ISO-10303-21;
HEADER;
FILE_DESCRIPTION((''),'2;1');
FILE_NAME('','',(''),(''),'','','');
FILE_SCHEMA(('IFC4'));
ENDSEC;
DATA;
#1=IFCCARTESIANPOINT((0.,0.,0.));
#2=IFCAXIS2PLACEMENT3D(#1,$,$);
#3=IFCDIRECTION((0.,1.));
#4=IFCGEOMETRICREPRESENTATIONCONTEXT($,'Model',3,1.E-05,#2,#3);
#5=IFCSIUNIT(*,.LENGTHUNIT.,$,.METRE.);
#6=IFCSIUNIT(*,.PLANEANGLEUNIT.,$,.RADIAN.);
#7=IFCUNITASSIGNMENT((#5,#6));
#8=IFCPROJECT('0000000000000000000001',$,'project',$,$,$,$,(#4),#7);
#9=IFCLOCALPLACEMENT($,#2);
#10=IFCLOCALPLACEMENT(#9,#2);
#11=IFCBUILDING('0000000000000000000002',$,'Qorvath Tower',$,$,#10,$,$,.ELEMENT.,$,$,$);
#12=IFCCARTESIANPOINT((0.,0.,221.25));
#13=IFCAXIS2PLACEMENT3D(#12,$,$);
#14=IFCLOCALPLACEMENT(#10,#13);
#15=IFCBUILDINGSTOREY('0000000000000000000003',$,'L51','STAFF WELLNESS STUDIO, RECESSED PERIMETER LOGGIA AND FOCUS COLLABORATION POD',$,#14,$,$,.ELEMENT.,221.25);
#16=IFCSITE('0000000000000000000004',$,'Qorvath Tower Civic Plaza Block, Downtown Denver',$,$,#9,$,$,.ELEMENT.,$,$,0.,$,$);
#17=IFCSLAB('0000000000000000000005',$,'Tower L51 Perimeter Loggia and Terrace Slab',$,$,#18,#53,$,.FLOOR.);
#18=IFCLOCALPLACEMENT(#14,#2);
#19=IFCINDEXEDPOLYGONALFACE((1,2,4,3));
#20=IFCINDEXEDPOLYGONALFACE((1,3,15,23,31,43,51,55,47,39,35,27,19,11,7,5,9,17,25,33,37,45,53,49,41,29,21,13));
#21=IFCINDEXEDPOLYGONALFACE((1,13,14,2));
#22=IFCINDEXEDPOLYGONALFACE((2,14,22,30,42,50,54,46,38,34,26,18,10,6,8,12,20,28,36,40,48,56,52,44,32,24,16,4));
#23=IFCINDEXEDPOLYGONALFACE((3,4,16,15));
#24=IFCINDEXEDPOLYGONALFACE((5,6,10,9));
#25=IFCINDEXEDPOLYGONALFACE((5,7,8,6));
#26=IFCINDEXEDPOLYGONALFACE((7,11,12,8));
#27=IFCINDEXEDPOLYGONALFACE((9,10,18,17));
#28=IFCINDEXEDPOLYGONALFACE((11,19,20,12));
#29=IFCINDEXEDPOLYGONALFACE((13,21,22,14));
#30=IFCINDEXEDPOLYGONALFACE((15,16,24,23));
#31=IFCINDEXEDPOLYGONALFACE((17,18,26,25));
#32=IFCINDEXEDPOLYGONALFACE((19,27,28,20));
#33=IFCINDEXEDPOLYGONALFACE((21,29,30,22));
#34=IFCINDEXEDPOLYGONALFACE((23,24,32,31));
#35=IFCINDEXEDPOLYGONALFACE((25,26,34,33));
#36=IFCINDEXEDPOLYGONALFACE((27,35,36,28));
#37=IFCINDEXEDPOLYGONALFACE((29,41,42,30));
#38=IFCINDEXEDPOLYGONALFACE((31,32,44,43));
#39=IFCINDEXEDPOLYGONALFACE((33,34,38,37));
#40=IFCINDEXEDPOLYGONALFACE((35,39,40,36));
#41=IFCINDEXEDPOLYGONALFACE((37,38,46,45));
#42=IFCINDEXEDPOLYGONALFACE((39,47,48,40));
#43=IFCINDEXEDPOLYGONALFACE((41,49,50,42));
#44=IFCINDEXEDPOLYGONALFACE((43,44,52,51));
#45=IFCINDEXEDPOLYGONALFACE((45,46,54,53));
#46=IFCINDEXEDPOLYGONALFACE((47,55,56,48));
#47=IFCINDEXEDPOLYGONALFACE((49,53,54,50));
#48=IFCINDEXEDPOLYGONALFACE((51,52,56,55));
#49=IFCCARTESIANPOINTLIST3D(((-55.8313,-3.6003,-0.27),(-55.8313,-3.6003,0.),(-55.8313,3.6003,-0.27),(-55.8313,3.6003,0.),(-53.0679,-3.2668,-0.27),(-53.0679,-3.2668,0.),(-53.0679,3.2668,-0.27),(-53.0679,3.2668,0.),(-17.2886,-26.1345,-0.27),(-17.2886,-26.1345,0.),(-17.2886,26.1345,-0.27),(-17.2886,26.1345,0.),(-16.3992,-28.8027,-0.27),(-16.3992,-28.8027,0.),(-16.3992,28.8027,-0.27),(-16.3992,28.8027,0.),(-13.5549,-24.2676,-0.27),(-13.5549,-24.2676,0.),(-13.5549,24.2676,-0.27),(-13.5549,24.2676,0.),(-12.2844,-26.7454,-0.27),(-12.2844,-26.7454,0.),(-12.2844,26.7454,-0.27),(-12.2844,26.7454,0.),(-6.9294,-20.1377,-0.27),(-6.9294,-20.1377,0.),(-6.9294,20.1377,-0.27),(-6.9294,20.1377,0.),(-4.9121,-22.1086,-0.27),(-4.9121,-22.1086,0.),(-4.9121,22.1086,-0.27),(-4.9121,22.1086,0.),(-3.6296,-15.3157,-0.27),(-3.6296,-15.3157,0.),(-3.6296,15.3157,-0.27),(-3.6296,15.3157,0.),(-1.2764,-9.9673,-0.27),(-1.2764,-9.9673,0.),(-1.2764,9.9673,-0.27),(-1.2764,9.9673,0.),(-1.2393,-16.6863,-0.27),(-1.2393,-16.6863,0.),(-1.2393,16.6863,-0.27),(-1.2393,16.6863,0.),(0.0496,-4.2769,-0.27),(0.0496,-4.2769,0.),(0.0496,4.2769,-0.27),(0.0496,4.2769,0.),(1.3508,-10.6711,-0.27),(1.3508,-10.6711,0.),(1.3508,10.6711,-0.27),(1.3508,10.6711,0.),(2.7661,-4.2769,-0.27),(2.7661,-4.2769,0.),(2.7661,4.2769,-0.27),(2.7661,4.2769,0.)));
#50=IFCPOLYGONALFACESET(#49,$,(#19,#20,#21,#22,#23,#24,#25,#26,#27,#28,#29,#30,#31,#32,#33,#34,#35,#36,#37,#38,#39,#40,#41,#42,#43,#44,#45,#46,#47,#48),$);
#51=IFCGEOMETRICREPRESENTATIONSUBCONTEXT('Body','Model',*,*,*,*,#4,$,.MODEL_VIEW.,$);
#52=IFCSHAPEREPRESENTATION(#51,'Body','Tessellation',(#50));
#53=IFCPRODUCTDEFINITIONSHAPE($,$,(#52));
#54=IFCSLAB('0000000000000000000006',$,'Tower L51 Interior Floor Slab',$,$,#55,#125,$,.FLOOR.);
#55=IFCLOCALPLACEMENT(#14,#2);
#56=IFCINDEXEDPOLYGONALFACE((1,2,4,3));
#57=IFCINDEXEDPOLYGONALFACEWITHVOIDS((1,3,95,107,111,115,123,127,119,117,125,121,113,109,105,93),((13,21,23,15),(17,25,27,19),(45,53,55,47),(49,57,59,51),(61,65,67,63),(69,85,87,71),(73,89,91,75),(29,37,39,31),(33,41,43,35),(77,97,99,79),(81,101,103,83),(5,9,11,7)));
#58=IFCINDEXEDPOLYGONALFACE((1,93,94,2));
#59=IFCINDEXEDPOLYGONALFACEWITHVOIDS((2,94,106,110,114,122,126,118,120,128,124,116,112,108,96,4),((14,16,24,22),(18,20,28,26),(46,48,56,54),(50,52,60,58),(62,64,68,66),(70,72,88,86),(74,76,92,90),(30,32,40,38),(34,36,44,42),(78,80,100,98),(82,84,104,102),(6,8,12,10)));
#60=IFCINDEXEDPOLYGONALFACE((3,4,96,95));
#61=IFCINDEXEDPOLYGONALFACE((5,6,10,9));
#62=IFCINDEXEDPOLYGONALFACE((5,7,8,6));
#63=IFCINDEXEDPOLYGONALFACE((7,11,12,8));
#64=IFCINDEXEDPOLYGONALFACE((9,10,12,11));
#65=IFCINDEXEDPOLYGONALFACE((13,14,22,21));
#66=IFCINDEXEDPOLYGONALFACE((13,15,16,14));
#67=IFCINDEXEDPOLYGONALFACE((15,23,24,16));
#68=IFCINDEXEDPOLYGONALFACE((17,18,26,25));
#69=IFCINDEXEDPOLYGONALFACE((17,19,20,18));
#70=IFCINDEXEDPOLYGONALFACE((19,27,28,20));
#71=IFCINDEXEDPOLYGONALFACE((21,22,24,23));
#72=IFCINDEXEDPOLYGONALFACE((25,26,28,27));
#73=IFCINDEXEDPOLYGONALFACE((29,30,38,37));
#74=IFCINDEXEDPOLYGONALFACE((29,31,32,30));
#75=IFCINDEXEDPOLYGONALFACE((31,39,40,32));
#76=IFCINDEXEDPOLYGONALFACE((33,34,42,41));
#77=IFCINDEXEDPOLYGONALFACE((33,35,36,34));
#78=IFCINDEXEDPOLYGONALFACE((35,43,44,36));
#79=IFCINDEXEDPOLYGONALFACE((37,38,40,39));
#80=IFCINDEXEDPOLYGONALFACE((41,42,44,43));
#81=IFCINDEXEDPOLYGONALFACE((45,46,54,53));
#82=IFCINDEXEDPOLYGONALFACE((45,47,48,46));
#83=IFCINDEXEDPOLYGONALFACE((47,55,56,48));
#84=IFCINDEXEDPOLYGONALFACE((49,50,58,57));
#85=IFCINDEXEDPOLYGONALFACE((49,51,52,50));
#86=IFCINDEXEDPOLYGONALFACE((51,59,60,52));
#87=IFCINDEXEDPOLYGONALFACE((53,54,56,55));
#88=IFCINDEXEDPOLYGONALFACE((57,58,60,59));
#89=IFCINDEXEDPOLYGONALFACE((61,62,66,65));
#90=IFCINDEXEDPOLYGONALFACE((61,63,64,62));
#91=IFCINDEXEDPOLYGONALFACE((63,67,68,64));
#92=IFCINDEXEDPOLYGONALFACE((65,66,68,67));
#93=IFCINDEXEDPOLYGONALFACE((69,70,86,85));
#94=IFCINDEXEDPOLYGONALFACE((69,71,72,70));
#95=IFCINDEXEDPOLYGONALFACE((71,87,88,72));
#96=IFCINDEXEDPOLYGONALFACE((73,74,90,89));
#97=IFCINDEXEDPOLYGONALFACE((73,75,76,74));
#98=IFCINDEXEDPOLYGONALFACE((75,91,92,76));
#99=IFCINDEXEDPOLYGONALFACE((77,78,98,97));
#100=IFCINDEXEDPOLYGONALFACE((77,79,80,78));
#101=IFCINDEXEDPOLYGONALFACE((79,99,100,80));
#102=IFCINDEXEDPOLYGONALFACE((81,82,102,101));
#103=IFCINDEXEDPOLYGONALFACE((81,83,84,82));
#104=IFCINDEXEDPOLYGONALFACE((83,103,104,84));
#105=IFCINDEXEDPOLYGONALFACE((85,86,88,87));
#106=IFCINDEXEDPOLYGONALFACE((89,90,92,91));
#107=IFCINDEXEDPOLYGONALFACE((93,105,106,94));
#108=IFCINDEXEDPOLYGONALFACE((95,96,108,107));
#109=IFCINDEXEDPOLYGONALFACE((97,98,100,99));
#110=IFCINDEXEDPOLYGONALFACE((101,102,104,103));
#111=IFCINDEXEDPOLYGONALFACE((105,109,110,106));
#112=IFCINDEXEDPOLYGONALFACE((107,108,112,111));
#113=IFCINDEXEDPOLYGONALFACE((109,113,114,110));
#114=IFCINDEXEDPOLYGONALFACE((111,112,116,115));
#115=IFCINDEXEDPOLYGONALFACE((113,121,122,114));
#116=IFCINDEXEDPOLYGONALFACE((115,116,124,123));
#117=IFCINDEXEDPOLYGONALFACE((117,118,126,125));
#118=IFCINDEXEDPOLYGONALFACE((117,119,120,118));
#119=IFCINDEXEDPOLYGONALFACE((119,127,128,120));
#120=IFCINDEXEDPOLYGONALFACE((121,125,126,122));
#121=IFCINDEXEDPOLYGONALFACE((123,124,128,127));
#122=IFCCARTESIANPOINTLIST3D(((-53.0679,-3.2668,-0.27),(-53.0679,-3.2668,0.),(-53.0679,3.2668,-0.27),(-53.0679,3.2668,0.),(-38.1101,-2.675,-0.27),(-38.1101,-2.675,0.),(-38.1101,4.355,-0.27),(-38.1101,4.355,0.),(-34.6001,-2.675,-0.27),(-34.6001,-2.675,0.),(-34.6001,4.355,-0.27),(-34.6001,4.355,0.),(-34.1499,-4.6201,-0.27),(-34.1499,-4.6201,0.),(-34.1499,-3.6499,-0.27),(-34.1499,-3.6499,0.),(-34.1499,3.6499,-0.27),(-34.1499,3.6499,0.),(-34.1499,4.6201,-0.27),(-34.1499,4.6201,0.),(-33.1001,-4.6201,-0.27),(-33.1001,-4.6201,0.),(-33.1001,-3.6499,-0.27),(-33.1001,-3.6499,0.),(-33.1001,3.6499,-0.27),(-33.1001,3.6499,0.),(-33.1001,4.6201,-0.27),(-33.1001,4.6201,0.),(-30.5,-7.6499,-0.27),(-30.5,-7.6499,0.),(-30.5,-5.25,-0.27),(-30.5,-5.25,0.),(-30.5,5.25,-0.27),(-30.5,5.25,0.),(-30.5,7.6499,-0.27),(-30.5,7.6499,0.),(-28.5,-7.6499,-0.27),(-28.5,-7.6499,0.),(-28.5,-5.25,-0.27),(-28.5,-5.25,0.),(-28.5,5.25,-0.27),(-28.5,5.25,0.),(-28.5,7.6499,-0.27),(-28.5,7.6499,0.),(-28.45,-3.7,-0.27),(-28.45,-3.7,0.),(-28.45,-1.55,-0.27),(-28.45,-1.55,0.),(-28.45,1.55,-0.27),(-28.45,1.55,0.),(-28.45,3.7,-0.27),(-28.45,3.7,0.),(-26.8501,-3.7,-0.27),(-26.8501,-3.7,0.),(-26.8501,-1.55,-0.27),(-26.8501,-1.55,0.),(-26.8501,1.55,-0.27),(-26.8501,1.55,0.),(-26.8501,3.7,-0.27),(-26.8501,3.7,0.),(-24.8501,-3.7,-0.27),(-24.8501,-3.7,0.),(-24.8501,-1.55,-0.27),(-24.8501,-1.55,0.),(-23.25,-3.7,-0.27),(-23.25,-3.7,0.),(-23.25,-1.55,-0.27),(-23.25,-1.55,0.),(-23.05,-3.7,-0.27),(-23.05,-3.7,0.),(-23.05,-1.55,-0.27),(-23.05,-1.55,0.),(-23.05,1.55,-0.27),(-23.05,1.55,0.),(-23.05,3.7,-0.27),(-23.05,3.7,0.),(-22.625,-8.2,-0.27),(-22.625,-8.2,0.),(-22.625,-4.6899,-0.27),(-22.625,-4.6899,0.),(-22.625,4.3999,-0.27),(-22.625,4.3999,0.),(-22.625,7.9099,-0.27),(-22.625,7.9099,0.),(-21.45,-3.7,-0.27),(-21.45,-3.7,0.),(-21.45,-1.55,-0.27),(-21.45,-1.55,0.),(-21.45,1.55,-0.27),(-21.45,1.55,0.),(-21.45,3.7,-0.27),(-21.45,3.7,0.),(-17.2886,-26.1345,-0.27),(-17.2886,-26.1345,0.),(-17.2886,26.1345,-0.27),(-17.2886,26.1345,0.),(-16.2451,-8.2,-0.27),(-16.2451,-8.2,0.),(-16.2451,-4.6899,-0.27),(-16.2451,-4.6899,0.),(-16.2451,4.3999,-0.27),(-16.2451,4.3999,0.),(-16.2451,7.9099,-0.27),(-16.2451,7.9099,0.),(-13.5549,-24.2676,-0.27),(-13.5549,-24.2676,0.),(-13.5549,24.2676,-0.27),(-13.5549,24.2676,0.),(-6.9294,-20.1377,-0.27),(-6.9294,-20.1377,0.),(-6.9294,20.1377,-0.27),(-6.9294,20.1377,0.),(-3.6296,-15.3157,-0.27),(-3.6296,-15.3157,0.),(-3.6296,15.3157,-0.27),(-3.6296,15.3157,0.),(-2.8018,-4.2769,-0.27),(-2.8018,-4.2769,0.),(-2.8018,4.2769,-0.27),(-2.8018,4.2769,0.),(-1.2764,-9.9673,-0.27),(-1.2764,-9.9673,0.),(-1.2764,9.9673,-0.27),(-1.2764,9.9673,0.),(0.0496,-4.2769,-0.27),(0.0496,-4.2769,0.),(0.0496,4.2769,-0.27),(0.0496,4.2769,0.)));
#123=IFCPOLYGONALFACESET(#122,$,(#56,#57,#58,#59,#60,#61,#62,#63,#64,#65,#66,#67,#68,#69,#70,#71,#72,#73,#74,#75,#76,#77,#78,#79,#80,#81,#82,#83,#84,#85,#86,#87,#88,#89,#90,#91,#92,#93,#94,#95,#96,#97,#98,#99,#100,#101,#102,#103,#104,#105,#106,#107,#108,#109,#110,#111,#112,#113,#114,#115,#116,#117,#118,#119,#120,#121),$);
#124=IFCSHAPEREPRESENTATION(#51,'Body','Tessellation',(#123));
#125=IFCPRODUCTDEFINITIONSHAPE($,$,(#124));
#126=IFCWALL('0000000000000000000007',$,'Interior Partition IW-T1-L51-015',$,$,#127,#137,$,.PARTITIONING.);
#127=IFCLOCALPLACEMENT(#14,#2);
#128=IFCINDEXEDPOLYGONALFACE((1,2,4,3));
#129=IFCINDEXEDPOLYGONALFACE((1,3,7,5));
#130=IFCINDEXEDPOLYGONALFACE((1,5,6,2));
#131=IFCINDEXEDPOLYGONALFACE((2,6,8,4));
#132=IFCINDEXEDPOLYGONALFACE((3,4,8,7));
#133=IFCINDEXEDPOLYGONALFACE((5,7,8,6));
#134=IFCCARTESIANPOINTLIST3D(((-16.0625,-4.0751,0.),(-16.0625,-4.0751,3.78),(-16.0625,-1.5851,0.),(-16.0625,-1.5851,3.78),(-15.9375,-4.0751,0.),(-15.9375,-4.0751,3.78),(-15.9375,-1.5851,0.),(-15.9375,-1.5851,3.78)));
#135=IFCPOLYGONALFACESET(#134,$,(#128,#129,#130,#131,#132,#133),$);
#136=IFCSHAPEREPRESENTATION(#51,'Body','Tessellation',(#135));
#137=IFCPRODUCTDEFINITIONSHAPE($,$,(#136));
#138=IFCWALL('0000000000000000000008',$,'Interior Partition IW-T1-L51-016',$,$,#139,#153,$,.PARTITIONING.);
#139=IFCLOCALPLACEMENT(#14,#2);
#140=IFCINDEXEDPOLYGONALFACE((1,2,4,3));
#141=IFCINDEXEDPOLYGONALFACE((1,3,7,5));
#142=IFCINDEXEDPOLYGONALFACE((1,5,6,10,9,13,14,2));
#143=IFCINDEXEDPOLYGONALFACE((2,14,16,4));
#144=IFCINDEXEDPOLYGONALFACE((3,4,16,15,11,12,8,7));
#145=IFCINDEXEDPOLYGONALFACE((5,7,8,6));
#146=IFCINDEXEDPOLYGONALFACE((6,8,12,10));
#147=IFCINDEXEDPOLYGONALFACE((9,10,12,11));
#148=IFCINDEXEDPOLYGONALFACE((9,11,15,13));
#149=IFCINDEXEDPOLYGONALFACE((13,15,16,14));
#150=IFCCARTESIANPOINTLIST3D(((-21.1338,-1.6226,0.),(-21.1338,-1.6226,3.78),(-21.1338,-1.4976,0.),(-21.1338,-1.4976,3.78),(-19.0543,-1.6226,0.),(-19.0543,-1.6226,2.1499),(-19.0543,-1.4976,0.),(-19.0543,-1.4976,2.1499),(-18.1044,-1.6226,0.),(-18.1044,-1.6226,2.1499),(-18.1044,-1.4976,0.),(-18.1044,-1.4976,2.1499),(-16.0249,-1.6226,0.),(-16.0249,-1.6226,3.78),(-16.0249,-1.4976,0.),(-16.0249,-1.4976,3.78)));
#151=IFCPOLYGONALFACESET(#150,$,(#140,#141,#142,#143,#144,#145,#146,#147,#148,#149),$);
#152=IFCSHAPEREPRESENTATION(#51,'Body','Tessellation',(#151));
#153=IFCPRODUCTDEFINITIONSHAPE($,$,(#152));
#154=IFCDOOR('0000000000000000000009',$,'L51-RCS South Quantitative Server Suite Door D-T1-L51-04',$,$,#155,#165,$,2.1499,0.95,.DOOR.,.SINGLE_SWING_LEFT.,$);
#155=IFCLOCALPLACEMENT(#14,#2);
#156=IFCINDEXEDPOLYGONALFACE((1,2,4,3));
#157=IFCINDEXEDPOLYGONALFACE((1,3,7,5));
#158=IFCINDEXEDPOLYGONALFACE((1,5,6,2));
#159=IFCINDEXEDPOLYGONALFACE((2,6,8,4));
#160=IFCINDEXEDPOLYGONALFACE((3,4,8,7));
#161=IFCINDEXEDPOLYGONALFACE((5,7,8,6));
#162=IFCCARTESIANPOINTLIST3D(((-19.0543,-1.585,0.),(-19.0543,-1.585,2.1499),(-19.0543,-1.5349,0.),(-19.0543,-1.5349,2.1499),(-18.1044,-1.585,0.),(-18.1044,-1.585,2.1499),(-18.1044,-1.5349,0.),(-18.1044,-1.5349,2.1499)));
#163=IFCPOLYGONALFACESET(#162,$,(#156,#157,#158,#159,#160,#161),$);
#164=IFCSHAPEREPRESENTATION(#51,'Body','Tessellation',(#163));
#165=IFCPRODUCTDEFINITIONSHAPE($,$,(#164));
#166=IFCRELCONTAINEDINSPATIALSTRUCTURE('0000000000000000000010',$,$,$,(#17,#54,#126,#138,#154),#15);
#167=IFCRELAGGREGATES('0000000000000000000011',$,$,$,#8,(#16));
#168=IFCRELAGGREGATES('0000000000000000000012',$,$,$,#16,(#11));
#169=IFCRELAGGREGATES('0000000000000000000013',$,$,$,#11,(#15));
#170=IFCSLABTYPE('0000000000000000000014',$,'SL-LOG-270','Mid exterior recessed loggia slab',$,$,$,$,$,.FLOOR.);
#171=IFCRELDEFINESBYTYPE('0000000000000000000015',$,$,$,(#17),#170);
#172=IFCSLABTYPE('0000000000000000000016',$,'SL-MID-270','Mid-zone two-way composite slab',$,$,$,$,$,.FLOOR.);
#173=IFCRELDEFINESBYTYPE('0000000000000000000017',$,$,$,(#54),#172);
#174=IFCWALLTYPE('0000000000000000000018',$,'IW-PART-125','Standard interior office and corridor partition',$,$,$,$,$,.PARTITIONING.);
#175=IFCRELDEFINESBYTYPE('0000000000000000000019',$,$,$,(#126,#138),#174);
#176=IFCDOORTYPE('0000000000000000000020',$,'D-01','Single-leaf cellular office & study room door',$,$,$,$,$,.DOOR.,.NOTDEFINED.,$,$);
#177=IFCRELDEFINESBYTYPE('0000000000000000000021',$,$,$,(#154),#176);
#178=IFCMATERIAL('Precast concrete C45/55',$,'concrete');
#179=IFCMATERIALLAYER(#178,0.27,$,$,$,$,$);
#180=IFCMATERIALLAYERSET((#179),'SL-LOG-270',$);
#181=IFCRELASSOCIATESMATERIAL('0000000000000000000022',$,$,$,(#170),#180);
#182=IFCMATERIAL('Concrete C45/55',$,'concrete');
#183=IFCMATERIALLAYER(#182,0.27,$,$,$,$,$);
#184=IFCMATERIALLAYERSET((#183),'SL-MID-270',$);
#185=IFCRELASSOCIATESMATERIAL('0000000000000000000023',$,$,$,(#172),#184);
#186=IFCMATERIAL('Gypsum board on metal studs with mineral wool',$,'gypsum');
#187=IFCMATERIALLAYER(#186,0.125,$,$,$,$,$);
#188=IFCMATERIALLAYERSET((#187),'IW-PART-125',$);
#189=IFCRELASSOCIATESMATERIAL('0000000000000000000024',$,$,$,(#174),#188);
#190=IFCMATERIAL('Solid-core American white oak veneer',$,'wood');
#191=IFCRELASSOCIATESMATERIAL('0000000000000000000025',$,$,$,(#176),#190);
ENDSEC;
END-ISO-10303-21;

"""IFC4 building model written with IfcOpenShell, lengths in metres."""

from ifc_helpers import new_model, si_unit, direction, frame, frame_2d, origin, place, context, subcontext, project, spatial, polyline, rectangle, outline, extrude, material, layer, layer_set, type_object, element, fill, save


model = new_model("IFC4")

# Units and contexts
model_context = context("Model", 3, precision=1e-05, world=origin(), true_north=direction((0.0, 1.0)))
body_context = subcontext(model_context, "Body", "Model", "MODEL_VIEW")
ifc_project = project(units=[si_unit("LENGTHUNIT", "METRE"), si_unit("PLANEANGLEUNIT", "RADIAN")], contexts=[model_context])

# Site, building, storey
site_placement = place(None, origin())
site = spatial("IfcSite", under=ifc_project, at=site_placement, Name="Qorvath Tower Civic Plaza Block, Downtown Denver", CompositionType="ELEMENT", RefElevation=0.0)
building_placement = place(site_placement, origin())
building = spatial("IfcBuilding", under=site, at=building_placement, Name="Qorvath Tower", CompositionType="ELEMENT")
storey_placement = place(building_placement, frame((0.0, 0.0, 221.25)))
storey = spatial("IfcBuildingStorey", under=building, at=storey_placement, Name="L51", Description="STAFF WELLNESS STUDIO, RECESSED PERIMETER LOGGIA AND FOCUS COLLABORATION POD", CompositionType="ELEMENT", Elevation=221.25)

# Slabs
ifc_material_1 = material(Name="Precast concrete C45/55", Category="concrete")
ifc_layer_1 = layer(ifc_material_1, 0.27)
ifc_layer_set_1 = layer_set([ifc_layer_1], Name="SL-LOG-270")
slab_type_1 = type_object("IfcSlabType", Name="SL-LOG-270", Description="Mid exterior recessed loggia slab", PredefinedType="FLOOR", material=ifc_layer_set_1)
slab_1_placement = place(storey_placement, frame((0.0, 0.0, -0.27)))
element("IfcSlab", 1, at=slab_1_placement, inside=storey, type_object=slab_type_1, Name="Tower L51 Perimeter Loggia and Terrace Slab", PredefinedType="FLOOR", context=body_context, shape_type="SweptSolid", body=[
    extrude(outline(polyline([(0.0496, -4.2769), (-1.2764, -9.9673), (-3.6296, -15.3157), (-6.9294, -20.1377), (-13.5549, -24.2676), (-17.2886, -26.1345), (-53.0679, -3.2668), (-53.0679, 3.2668), (-17.2886, 26.1345), (-13.5549, 24.2676), (-6.9294, 20.1377), (-3.6296, 15.3157), (-1.2764, 9.9673), (0.0496, 4.2769), (2.7661, 4.2769), (1.3508, 10.6711), (-1.2393, 16.6863), (-4.9121, 22.1086), (-12.2844, 26.7454), (-16.3992, 28.8027), (-55.8313, 3.6003), (-55.8313, -3.6003), (-16.3992, -28.8027), (-12.2844, -26.7454), (-4.9121, -22.1086), (-1.2393, -16.6863), (1.3508, -10.6711), (2.7661, -4.2769), (0.0496, -4.2769)])), origin(), (0.0, 0.0, 1.0), 0.27),
])
ifc_material_2 = material(Name="Concrete C45/55", Category="concrete")
ifc_layer_2 = layer(ifc_material_2, 0.27)
ifc_layer_set_2 = layer_set([ifc_layer_2], Name="SL-MID-270")
slab_type_2 = type_object("IfcSlabType", Name="SL-MID-270", Description="Mid-zone two-way composite slab", PredefinedType="FLOOR", material=ifc_layer_set_2)
slab_2_placement = place(storey_placement, frame((0.0, 0.0, -0.27)))
element("IfcSlab", 2, at=slab_2_placement, inside=storey, type_object=slab_type_2, Name="Tower L51 Interior Floor Slab", PredefinedType="FLOOR", context=body_context, shape_type="SweptSolid", body=[
    extrude(outline(polyline([(-53.0679, 3.2668), (-53.0679, -3.2668), (-17.2886, -26.1345), (-13.5549, -24.2676), (-6.9294, -20.1377), (-3.6296, -15.3157), (-1.2764, -9.9673), (0.0496, -4.2769), (-2.8018, -4.2769), (-2.8018, 4.2769), (0.0496, 4.2769), (-1.2764, 9.9673), (-3.6296, 15.3157), (-6.9294, 20.1377), (-13.5549, 24.2676), (-17.2886, 26.1345), (-53.0679, 3.2668)]), holes=[polyline([(-16.2451, -8.2), (-22.625, -8.2), (-22.625, -4.6899), (-16.2451, -4.6899), (-16.2451, -8.2)]), polyline([(-22.625, 4.3999), (-22.625, 7.9099), (-16.2451, 7.9099), (-16.2451, 4.3999), (-22.625, 4.3999)]), polyline([(-21.45, -3.7), (-23.05, -3.7), (-23.05, -1.55), (-21.45, -1.55), (-21.45, -3.7)]), polyline([(-23.05, 1.55), (-23.05, 3.7), (-21.45, 3.7), (-21.45, 1.55), (-23.05, 1.55)]), polyline([(-24.8501, -3.7), (-24.8501, -1.55), (-23.25, -1.55), (-23.25, -3.7), (-24.8501, -3.7)]), polyline([(-28.45, -3.7), (-28.45, -1.55), (-26.8501, -1.55), (-26.8501, -3.7), (-28.45, -3.7)]), polyline([(-26.8501, 1.55), (-28.45, 1.55), (-28.45, 3.7), (-26.8501, 3.7), (-26.8501, 1.55)]), polyline([(-28.5, -7.6499), (-30.5, -7.6499), (-30.5, -5.25), (-28.5, -5.25), (-28.5, -7.6499)]), polyline([(-30.5, 5.25), (-30.5, 7.6499), (-28.5, 7.6499), (-28.5, 5.25), (-30.5, 5.25)]), polyline([(-34.1499, -4.6201), (-34.1499, -3.6499), (-33.1001, -3.6499), (-33.1001, -4.6201), (-34.1499, -4.6201)]), polyline([(-34.1499, 3.6499), (-34.1499, 4.6201), (-33.1001, 4.6201), (-33.1001, 3.6499), (-34.1499, 3.6499)]), polyline([(-34.6001, -2.675), (-38.1101, -2.675), (-38.1101, 4.355), (-34.6001, 4.355), (-34.6001, -2.675)])]), origin(), (0.0, 0.0, 1.0), 0.27),
])

# Wall
ifc_material_3 = material(Name="Gypsum board on metal studs with mineral wool", Category="gypsum")
ifc_layer_3 = layer(ifc_material_3, 0.125)
ifc_layer_set_3 = layer_set([ifc_layer_3], Name="IW-PART-125")
wall_type_1 = type_object("IfcWallType", Name="IW-PART-125", Description="Standard interior office and corridor partition", PredefinedType="PARTITIONING", material=ifc_layer_set_3)
wall_1_placement = place(storey_placement, frame((-16.0, -4.0752, 0.0), z_axis=(0.0, 0.0, 1.0), x_axis=(0.0, 1.0, 0.0)))
element("IfcWall", 3, at=wall_1_placement, inside=storey, type_object=wall_type_1, Name="Interior Partition IW-T1-L51-015", PredefinedType="PARTITIONING", context=body_context, shape_type="SweptSolid", body=[
    extrude(rectangle(XDim=2.49, YDim=0.125, at=frame_2d((1.2451, 0.0))), origin(), (0.0, 0.0, 1.0), 3.78),
])

# Wall, opening, door
wall_2_placement = place(storey_placement, frame((-16.0249, -1.5601, 0.0), z_axis=(0.0, 0.0, 1.0), x_axis=(-1.0, 0.0, 0.0)))
wall_2 = element("IfcWall", 4, at=wall_2_placement, inside=storey, type_object=wall_type_1, Name="Interior Partition IW-T1-L51-016", PredefinedType="PARTITIONING", context=body_context, shape_type="SweptSolid", body=[
    extrude(rectangle(XDim=5.1089, YDim=0.125, at=frame_2d((2.5544, 0.0))), origin(), (0.0, 0.0, 1.0), 3.78),
])
opening_1_placement = place(wall_2_placement, frame((2.0793, 0.0, 0.0)))
opening_1 = element("IfcOpeningElement", 5, at=opening_1_placement, cuts=wall_2, PredefinedType="OPENING", context=body_context, shape_type="SweptSolid", body=[
    extrude(rectangle(XDim=0.95, YDim=2.1499, at=frame_2d((0.4751, 1.075))), frame((0.0, 0.0725, 0.0), z_axis=(0.0, -1.0, 0.0), x_axis=(1.0, 0.0, 0.0)), (0.0, 0.0, 1.0), 0.145),
])
ifc_material_4 = material(Name="Solid-core American white oak veneer", Category="wood")
door_type = type_object("IfcDoorType", Name="D-01", Description="Single-leaf cellular office & study room door", OperationType="NOTDEFINED", PredefinedType="DOOR", material=ifc_material_4)
door_1_placement = place(opening_1_placement, origin())
door_1 = element("IfcDoor", 6, at=door_1_placement, inside=storey, type_object=door_type, Name="L51-RCS South Quantitative Server Suite Door D-T1-L51-04", OperationType="SINGLE_SWING_LEFT", OverallHeight=2.1499, OverallWidth=0.95, PredefinedType="DOOR", context=body_context, shape_type="SweptSolid", body=[
    extrude(rectangle(XDim=0.95, YDim=2.1499, at=frame_2d((0.4751, 1.075))), frame((0.0, 0.0249, 0.0), z_axis=(0.0, -1.0, 0.0), x_axis=(1.0, 0.0, 0.0)), (0.0, 0.0, 1.0), 0.05),
])
fill(opening_1, door_1)

save(model, "model.ifc")
